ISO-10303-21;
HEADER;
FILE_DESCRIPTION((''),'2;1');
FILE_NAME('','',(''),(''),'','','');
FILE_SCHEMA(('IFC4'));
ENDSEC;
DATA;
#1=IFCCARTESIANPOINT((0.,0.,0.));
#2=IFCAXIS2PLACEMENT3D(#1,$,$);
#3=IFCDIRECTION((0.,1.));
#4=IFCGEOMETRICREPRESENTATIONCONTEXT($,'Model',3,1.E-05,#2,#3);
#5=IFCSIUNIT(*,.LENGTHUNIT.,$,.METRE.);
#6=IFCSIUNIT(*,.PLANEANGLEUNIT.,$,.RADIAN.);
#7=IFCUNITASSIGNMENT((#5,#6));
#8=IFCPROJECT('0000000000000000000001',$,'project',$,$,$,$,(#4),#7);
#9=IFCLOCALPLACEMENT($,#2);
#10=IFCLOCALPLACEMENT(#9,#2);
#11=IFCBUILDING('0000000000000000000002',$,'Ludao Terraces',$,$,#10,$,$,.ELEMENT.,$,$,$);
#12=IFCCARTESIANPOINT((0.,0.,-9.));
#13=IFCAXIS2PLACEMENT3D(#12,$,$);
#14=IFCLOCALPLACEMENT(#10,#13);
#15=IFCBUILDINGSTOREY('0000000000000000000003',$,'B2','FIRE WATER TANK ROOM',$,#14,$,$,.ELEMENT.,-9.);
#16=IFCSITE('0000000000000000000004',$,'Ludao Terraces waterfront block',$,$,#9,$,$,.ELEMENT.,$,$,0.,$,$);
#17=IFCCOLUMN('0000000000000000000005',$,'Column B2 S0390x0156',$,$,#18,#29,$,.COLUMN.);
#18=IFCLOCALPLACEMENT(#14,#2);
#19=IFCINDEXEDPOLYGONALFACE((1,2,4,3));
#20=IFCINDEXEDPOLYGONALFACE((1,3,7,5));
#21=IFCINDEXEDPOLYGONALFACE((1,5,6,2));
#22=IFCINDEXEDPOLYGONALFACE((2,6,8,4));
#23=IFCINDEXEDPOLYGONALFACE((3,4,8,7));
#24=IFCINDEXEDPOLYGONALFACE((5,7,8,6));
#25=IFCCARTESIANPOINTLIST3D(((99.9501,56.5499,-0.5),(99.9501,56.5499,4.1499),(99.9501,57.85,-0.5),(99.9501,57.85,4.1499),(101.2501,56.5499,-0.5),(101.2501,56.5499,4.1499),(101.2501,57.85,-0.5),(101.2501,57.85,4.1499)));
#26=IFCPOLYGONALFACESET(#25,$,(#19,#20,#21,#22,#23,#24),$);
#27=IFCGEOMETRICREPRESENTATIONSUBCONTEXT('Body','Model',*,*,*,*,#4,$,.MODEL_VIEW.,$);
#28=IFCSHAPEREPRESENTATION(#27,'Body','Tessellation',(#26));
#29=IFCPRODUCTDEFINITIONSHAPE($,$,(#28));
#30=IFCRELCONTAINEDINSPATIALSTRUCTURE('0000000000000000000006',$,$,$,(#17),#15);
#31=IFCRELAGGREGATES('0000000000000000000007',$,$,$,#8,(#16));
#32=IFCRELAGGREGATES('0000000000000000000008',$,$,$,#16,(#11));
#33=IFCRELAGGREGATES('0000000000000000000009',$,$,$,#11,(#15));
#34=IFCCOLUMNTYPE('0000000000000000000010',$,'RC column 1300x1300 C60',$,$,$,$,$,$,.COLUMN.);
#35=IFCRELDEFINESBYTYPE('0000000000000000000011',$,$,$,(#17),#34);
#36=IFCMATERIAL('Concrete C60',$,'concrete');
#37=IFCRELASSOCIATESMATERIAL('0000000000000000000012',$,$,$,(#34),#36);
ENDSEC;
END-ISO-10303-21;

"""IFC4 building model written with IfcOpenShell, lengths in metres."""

from ifc_helpers import new_model, si_unit, direction, frame, origin, origin_2d, place, context, subcontext, project, spatial, rectangle, extrude, material, material_profile, profile_set, type_object, element, save


model = new_model("IFC4")

# Units and contexts
model_context = context("Model", 3, precision=1e-05, world=origin(), true_north=direction((0.0, 1.0)))
body_context = subcontext(model_context, "Body", "Model", "MODEL_VIEW")
ifc_project = project(units=[si_unit("LENGTHUNIT", "METRE"), si_unit("PLANEANGLEUNIT", "RADIAN")], contexts=[model_context])

# Site, building, storey
site_placement = place(None, origin())
site = spatial("IfcSite", under=ifc_project, at=site_placement, Name="Ludao Terraces waterfront block", CompositionType="ELEMENT", RefElevation=0.0)
building_placement = place(site_placement, origin())
building = spatial("IfcBuilding", under=site, at=building_placement, Name="Ludao Terraces", CompositionType="ELEMENT")
storey_placement = place(building_placement, frame((0.0, 0.0, -9.0)))
storey = spatial("IfcBuildingStorey", under=building, at=storey_placement, Name="B2", Description="FIRE WATER TANK ROOM", CompositionType="ELEMENT", Elevation=-9.0)

# Column
ifc_material_1 = material(Name="Concrete C60", Category="concrete")
ifc_material_profile_1 = material_profile(ifc_material_1, rectangle(XDim=1.3, YDim=1.3, at=origin_2d()), Name="1300 X 1300")
ifc_profile_set_1 = profile_set([ifc_material_profile_1], Name="Concrete C60")
column_type_1 = type_object("IfcColumnType", Name="RC column 1300x1300 C60", PredefinedType="COLUMN", material=ifc_profile_set_1)
for number, where, z_axis, x_axis, name in (
    (1, (100.6001, 57.2, -0.5), (0.0, 0.0, 1.0), (1.0, 0.0, 0.0), "Column B2 S0390x0156"),
):
    element("IfcColumn", number, at=place(storey_placement, frame(where, z_axis=z_axis, x_axis=x_axis)), inside=storey, type_object=column_type_1, Name=name, PredefinedType="COLUMN", context=body_context, shape_type="SweptSolid", body=[
        extrude(rectangle(XDim=1.3, YDim=1.3, at=origin_2d()), origin(), (0.0, 0.0, 1.0), 4.6499),
    ])

save(model, "model.ifc")
